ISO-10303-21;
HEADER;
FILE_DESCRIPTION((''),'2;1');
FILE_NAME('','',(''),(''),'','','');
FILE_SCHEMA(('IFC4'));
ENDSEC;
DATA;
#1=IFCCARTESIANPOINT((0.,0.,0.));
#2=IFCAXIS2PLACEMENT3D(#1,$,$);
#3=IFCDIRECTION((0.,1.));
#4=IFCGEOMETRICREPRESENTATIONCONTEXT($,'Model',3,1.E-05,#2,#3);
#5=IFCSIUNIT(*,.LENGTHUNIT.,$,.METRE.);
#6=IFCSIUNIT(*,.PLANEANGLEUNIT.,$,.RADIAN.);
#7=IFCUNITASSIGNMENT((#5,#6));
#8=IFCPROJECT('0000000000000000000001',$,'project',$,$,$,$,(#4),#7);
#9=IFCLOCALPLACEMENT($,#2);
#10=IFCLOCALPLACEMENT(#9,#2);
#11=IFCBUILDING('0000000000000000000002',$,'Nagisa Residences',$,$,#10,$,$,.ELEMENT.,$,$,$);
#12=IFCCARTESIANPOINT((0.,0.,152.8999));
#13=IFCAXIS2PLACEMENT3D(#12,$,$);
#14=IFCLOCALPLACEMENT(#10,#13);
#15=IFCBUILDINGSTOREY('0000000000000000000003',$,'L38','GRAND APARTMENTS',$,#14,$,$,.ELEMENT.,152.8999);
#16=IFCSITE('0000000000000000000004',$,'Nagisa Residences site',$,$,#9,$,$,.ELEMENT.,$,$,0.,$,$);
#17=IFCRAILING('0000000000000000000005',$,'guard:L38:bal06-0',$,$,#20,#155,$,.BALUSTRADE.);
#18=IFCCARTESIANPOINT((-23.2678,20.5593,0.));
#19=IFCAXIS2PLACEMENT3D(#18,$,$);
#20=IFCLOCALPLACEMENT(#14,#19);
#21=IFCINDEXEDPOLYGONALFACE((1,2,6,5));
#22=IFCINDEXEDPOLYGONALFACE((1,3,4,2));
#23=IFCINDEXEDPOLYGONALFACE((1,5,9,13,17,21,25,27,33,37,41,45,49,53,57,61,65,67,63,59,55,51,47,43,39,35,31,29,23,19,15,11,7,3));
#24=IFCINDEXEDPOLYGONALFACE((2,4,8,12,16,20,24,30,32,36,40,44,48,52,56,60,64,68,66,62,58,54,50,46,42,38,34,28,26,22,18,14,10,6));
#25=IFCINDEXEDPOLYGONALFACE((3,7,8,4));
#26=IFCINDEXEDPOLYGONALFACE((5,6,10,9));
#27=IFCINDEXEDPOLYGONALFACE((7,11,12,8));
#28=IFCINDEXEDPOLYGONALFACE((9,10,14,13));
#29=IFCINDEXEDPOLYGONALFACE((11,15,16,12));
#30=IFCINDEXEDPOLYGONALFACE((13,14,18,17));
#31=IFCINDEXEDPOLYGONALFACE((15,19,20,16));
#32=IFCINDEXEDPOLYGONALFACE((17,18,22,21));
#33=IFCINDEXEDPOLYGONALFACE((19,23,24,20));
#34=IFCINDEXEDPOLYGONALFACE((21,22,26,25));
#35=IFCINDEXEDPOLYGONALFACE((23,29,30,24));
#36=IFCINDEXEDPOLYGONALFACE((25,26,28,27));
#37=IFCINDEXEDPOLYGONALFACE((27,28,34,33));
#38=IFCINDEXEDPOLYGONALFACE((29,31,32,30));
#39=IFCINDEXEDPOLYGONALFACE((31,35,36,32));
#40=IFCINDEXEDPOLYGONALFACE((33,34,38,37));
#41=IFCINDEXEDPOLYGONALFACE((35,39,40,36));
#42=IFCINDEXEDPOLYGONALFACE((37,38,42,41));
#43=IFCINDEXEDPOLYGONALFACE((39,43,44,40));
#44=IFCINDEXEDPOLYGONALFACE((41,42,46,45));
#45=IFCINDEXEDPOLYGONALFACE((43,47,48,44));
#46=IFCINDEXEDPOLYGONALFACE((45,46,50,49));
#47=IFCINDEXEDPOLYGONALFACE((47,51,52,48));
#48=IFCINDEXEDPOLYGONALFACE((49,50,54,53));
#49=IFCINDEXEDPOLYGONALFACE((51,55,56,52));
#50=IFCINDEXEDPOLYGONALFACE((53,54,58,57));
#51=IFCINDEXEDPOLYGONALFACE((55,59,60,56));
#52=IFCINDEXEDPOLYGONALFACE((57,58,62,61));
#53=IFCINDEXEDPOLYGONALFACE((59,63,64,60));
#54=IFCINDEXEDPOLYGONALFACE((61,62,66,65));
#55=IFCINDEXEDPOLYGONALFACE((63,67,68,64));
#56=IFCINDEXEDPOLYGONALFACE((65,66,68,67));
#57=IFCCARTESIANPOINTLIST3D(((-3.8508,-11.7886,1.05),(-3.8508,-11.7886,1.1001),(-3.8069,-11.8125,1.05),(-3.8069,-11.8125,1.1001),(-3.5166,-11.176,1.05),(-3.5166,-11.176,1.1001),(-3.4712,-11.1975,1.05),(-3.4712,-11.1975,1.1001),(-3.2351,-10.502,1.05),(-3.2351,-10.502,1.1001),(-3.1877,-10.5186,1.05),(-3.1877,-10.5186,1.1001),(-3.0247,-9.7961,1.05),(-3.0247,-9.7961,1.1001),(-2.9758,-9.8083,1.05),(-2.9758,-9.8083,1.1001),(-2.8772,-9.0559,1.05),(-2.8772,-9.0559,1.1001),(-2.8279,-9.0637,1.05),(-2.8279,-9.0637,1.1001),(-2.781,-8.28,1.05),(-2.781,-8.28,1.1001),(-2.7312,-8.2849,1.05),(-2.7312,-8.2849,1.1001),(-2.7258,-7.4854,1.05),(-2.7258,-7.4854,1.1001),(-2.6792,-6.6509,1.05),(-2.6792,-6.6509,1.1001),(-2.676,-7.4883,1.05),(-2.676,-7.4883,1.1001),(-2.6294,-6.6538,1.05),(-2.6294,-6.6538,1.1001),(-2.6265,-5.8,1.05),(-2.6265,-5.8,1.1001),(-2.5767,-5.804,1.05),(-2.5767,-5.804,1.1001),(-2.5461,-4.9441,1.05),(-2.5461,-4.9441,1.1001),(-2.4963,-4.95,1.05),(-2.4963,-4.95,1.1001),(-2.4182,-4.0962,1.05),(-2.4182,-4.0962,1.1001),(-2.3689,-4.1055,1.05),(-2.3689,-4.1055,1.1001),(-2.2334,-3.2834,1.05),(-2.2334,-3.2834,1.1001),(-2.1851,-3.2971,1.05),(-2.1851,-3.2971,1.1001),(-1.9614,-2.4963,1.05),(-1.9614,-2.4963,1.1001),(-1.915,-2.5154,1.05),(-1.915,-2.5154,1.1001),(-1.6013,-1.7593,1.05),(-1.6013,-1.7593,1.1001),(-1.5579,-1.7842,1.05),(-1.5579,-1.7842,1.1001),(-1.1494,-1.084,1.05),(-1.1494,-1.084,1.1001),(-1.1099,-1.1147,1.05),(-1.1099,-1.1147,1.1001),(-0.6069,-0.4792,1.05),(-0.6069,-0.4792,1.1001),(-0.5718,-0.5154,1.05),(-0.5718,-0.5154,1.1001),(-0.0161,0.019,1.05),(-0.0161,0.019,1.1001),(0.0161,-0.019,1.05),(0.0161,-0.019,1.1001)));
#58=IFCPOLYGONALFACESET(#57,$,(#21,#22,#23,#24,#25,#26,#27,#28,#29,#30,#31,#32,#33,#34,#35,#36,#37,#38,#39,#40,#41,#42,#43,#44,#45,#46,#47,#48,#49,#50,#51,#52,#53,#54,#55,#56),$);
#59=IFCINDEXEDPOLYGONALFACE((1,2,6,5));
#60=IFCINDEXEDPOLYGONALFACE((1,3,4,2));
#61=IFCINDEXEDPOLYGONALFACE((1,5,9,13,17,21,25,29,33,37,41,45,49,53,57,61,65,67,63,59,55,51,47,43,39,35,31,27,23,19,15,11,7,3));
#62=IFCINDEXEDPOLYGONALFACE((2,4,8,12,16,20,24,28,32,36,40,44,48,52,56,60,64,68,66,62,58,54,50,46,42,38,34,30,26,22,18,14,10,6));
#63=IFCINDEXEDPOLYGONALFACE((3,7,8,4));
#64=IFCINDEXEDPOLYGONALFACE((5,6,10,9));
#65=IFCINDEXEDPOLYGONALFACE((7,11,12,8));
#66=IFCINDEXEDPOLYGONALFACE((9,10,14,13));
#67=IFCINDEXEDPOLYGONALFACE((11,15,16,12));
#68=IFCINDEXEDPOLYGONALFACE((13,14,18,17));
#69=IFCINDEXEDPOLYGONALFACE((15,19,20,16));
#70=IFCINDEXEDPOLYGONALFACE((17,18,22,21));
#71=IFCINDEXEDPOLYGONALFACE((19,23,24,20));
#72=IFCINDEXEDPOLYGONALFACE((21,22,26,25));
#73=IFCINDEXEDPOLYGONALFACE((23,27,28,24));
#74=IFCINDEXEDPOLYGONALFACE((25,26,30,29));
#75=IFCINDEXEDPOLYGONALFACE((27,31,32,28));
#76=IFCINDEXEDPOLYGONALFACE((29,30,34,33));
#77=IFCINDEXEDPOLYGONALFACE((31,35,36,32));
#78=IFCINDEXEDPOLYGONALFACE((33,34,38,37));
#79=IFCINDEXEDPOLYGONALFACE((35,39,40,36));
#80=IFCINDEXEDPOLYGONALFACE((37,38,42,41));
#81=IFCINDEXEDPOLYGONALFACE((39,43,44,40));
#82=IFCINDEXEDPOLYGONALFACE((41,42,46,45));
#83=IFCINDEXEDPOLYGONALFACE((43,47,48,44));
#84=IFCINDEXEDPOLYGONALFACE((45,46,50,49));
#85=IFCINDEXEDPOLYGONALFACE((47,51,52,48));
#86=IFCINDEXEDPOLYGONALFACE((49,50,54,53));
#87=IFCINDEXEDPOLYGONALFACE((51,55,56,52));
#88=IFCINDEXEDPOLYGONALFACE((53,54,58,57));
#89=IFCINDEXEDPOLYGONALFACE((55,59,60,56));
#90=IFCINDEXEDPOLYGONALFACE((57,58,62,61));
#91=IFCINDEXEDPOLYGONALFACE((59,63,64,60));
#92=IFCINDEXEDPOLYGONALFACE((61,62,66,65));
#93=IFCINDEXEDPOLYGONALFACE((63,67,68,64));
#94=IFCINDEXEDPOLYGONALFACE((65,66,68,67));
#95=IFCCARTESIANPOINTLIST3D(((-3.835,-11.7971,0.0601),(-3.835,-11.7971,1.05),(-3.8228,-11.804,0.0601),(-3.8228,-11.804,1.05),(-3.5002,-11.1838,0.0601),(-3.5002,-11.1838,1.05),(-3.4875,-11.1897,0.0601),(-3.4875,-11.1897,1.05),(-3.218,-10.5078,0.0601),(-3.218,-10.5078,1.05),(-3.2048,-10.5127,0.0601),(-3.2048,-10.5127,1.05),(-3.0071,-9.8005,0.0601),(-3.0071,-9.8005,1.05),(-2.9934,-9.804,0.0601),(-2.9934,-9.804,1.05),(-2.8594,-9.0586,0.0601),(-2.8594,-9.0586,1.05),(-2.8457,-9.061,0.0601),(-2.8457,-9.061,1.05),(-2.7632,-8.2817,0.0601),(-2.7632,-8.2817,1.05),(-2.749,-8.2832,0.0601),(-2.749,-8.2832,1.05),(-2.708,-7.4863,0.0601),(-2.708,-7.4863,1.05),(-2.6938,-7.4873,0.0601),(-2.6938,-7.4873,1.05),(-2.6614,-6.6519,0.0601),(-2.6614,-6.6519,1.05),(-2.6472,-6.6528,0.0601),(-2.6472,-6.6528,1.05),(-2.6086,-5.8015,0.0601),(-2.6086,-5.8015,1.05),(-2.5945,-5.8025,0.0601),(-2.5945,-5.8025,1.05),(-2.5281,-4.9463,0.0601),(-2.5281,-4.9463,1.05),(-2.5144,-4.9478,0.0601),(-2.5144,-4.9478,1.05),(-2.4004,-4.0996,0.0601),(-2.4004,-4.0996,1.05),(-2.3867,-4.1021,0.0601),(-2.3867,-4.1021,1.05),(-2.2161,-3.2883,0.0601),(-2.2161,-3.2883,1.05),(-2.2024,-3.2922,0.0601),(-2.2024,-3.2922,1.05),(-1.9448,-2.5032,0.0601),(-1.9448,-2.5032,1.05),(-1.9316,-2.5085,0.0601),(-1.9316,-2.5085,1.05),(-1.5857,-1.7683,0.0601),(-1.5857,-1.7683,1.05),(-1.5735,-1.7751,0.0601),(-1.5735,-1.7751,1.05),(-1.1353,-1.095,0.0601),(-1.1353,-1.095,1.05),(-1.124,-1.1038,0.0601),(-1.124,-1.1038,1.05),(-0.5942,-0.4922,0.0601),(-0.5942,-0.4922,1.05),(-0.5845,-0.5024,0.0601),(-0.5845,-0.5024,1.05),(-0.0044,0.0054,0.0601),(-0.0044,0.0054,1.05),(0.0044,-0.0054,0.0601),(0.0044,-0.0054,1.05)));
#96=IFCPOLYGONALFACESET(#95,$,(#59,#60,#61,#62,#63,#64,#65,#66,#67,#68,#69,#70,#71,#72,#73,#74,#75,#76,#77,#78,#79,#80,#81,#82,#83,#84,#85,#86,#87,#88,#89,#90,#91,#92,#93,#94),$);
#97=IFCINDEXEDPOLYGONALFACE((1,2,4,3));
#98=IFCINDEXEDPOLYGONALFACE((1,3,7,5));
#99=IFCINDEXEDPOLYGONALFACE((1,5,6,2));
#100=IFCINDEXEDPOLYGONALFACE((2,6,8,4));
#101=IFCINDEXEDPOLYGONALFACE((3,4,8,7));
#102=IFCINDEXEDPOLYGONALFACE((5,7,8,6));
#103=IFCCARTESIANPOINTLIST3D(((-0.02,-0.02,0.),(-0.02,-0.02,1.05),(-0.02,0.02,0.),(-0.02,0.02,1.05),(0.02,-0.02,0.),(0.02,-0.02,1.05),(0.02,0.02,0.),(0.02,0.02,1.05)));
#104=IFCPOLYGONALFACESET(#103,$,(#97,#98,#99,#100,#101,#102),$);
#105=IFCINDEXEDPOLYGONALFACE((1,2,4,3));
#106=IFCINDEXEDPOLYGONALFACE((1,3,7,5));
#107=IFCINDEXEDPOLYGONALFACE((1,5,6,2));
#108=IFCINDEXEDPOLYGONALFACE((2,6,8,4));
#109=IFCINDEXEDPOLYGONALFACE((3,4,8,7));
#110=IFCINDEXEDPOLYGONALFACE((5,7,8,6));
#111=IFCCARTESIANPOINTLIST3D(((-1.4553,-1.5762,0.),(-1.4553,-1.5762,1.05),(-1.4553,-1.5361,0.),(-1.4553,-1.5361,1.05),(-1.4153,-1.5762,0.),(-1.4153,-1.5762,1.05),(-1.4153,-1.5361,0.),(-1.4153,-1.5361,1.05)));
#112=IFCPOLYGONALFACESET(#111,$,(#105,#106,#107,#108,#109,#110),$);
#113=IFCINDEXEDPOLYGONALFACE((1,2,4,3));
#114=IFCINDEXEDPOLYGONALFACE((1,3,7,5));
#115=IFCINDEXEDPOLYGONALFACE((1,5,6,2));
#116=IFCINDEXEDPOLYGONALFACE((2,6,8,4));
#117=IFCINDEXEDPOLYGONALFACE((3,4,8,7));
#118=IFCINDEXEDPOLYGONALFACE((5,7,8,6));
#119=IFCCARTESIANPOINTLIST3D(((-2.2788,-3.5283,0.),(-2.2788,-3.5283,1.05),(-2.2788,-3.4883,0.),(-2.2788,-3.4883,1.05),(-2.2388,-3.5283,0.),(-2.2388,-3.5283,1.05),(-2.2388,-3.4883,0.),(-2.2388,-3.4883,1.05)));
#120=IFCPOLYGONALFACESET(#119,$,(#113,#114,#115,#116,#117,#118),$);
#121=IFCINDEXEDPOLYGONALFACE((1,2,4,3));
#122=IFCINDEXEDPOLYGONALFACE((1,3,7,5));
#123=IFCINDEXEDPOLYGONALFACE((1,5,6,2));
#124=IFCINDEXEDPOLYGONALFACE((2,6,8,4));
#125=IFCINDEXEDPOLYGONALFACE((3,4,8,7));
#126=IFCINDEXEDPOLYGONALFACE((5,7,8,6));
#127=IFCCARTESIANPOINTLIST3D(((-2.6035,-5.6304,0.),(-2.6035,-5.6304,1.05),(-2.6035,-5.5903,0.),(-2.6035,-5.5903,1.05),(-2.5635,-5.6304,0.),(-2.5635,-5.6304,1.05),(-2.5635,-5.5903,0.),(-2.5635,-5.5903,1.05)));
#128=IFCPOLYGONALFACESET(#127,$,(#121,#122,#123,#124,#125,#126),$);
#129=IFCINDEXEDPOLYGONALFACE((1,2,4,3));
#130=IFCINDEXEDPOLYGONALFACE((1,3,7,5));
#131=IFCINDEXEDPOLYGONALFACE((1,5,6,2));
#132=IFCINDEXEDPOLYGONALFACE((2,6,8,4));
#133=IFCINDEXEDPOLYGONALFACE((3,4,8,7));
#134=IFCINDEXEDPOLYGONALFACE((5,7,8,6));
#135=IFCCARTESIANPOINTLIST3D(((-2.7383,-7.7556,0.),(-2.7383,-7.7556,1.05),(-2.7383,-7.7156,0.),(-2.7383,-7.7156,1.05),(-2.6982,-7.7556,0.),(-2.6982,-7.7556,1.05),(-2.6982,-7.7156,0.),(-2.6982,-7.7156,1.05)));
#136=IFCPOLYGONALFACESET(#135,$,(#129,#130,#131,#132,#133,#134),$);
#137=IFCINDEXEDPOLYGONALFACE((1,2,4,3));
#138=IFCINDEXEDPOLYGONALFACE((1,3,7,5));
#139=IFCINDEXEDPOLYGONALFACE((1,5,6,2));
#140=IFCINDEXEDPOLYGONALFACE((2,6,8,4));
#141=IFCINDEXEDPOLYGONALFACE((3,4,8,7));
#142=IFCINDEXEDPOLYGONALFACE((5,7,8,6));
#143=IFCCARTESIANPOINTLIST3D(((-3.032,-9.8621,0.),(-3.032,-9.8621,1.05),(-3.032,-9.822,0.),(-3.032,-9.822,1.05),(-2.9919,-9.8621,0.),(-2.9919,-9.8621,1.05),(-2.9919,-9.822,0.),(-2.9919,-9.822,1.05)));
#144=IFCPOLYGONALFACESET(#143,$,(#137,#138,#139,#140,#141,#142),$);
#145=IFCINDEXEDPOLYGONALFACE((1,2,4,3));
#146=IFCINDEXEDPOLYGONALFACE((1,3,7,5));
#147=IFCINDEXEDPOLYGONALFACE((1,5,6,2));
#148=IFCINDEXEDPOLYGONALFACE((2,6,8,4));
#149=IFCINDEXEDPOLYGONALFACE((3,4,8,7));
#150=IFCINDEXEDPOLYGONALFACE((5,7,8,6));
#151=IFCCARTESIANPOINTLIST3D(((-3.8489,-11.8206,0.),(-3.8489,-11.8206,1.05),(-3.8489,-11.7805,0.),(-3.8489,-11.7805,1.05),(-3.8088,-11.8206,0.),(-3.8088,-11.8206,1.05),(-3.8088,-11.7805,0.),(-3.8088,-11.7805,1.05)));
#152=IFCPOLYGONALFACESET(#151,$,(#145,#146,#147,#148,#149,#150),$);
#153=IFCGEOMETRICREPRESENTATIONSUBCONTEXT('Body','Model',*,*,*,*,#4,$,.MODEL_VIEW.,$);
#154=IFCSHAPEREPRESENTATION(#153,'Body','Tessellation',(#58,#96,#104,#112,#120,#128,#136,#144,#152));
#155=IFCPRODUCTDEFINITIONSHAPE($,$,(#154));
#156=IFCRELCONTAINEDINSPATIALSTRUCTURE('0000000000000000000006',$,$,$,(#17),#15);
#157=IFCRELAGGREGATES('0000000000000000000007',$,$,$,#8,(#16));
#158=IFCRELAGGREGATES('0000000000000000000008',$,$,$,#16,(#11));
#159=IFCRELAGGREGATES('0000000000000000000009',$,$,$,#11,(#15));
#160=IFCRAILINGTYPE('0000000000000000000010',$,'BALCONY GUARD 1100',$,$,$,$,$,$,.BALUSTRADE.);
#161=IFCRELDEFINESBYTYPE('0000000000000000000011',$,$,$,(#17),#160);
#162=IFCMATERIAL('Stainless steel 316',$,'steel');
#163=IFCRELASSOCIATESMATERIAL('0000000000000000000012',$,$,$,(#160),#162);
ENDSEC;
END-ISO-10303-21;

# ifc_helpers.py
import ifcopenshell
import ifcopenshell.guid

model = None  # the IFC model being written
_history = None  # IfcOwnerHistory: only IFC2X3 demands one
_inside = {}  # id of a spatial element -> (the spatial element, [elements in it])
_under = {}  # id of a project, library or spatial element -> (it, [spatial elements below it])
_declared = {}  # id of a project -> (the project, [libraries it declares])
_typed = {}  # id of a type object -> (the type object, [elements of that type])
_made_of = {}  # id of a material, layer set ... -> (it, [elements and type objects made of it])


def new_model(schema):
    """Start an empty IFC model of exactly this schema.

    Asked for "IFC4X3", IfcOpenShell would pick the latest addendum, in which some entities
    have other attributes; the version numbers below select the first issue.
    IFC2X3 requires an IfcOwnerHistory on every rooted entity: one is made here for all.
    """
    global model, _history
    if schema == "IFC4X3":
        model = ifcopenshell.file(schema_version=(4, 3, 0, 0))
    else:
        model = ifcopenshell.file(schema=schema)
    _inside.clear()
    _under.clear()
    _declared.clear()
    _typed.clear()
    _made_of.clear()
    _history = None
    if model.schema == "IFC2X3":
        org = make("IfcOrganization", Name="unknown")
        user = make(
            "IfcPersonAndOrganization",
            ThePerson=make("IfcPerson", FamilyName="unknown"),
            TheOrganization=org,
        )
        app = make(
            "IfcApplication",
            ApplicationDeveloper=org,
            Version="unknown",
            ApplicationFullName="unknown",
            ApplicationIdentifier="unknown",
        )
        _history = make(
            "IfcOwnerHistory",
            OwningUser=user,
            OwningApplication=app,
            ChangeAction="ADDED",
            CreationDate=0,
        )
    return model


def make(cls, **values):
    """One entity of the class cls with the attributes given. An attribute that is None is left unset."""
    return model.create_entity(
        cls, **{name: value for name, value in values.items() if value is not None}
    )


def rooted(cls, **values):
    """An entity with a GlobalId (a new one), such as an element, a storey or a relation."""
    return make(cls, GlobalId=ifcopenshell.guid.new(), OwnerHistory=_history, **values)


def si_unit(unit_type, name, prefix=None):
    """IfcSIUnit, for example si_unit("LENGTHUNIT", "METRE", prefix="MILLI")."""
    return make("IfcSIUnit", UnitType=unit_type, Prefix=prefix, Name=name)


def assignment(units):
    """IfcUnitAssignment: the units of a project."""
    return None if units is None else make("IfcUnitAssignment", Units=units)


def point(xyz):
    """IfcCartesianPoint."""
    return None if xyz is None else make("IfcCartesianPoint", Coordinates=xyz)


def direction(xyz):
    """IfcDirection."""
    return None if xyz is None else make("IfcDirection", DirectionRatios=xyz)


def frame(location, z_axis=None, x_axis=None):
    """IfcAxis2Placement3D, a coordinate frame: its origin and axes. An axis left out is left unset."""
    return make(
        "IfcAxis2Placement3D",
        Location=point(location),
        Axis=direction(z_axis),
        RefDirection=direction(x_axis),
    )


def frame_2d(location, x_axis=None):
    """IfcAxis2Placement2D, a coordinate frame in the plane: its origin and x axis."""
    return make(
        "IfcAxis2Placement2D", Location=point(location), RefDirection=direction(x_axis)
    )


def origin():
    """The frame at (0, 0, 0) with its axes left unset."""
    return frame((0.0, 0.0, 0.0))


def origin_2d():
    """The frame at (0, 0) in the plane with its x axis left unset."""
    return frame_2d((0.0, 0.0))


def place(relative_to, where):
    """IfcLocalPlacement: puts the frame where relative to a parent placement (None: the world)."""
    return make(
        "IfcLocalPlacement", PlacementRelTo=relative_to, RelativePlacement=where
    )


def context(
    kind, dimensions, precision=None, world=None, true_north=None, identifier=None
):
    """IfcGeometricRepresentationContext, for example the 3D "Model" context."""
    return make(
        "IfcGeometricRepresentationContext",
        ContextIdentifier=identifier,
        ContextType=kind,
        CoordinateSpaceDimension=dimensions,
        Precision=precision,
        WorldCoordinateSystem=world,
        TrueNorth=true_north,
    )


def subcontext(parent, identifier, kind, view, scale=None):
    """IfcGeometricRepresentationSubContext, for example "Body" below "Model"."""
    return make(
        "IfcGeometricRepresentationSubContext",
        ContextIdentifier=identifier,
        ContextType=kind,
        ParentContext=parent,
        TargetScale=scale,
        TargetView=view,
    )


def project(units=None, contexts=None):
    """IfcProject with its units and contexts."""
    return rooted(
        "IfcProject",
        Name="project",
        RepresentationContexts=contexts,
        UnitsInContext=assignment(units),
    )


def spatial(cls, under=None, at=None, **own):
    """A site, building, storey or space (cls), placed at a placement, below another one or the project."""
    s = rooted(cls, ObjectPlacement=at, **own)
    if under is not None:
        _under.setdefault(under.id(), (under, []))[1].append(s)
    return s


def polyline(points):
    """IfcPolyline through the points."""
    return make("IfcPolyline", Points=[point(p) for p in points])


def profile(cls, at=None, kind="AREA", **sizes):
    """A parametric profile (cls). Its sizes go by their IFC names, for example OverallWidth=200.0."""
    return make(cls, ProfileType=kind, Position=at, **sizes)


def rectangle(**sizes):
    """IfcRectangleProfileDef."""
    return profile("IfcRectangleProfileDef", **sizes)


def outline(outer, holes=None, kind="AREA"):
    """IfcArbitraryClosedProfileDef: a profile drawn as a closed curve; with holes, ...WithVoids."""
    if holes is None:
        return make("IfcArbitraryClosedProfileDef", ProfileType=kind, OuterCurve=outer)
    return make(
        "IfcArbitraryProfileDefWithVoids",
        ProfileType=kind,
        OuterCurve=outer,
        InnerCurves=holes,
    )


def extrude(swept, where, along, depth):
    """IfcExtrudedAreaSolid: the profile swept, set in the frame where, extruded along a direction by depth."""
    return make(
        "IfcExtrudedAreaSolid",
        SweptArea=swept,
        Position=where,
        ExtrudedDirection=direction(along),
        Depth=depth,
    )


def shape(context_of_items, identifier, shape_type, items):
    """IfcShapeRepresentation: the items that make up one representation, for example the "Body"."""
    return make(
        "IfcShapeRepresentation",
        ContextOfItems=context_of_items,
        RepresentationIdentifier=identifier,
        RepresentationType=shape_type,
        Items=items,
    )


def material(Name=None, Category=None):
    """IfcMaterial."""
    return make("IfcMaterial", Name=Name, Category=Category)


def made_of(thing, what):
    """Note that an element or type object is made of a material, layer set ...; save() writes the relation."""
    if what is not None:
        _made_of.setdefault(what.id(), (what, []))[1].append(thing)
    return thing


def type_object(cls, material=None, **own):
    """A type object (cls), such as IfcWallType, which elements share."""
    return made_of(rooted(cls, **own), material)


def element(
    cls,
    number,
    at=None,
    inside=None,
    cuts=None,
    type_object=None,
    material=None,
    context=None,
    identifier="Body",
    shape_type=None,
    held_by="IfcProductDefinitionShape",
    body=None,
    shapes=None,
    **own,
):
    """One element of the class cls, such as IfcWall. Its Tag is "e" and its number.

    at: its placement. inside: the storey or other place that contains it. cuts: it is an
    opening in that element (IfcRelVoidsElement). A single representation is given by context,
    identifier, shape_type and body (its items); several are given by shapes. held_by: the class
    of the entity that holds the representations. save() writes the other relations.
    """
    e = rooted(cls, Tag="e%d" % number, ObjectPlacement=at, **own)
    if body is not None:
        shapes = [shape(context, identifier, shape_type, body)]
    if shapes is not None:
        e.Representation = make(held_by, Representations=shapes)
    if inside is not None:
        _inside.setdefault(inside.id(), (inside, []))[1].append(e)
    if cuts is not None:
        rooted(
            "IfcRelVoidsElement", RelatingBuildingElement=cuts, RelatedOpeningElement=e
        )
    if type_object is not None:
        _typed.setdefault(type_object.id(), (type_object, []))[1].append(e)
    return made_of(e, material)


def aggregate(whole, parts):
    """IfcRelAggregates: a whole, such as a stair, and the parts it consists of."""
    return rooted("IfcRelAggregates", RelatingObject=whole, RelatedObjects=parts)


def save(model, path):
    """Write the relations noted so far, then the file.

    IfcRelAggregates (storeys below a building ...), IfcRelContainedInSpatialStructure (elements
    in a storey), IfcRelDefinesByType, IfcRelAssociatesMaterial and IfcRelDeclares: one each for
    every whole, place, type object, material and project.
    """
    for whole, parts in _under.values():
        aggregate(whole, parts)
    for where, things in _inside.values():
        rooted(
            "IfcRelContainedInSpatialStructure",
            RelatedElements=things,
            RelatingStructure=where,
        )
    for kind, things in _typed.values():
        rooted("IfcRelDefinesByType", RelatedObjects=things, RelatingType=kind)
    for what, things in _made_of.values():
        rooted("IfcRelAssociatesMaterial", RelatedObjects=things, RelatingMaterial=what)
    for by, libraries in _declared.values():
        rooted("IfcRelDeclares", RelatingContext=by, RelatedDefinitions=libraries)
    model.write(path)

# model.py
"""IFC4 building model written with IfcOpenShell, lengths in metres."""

from ifc_helpers import new_model, si_unit, direction, frame, origin, origin_2d, place, context, subcontext, project, spatial, polyline, rectangle, outline, extrude, material, type_object, element, save


model = new_model("IFC4")

# Units and contexts
model_context = context("Model", 3, precision=1e-05, world=origin(), true_north=direction((0.0, 1.0)))
body_context = subcontext(model_context, "Body", "Model", "MODEL_VIEW")
ifc_project = project(units=[si_unit("LENGTHUNIT", "METRE"), si_unit("PLANEANGLEUNIT", "RADIAN")], contexts=[model_context])

# Site, building, storey
site_placement = place(None, origin())
site = spatial("IfcSite", under=ifc_project, at=site_placement, Name="Nagisa Residences site", CompositionType="ELEMENT", RefElevation=0.0)
building_placement = place(site_placement, origin())
building = spatial("IfcBuilding", under=site, at=building_placement, Name="Nagisa Residences", CompositionType="ELEMENT")
storey_placement = place(building_placement, frame((0.0, 0.0, 152.8999)))
storey = spatial("IfcBuildingStorey", under=building, at=storey_placement, Name="L38", Description="GRAND APARTMENTS", CompositionType="ELEMENT", Elevation=152.8999)

# Railing
ifc_material_1 = material(Name="Stainless steel 316", Category="steel")
railing_type = type_object("IfcRailingType", Name="BALCONY GUARD 1100", PredefinedType="BALUSTRADE", material=ifc_material_1)
railing_1_placement = place(storey_placement, frame((-23.2678, 20.5593, 0.0)))
element("IfcRailing", 1, at=railing_1_placement, inside=storey, type_object=railing_type, Name="guard:L38:bal06-0", PredefinedType="BALUSTRADE", context=body_context, shape_type="SweptSolid", body=[
    extrude(outline(polyline([(-0.5718, -0.5154), (0.0161, -0.019), (-0.0161, 0.019), (-0.6069, -0.4792), (-1.1494, -1.084), (-1.6013, -1.7593), (-1.9614, -2.4963), (-2.2334, -3.2834), (-2.4182, -4.0962), (-2.5461, -4.9441), (-2.6265, -5.8), (-2.6792, -6.6509), (-2.7258, -7.4854), (-2.781, -8.28), (-2.8772, -9.0559), (-3.0247, -9.7961), (-3.2351, -10.502), (-3.5166, -11.176), (-3.8508, -11.7886), (-3.8069, -11.8125), (-3.4712, -11.1975), (-3.1877, -10.5186), (-2.9758, -9.8083), (-2.8279, -9.0637), (-2.7312, -8.2849), (-2.676, -7.4883), (-2.6294, -6.6538), (-2.5767, -5.804), (-2.4963, -4.95), (-2.3689, -4.1055), (-2.1851, -3.2971), (-1.915, -2.5154), (-1.5579, -1.7842), (-1.1099, -1.1147), (-0.5718, -0.5154)])), frame((0.0, 0.0, 1.05)), (0.0, 0.0, 1.0), 0.05),
    extrude(outline(polyline([(-0.5845, -0.5024), (0.0044, -0.0054), (-0.0044, 0.0054), (-0.5942, -0.4922), (-1.1353, -1.095), (-1.5857, -1.7683), (-1.9448, -2.5032), (-2.2161, -3.2883), (-2.4004, -4.0996), (-2.5281, -4.9463), (-2.6086, -5.8015), (-2.6614, -6.6519), (-2.708, -7.4863), (-2.7632, -8.2817), (-2.8594, -9.0586), (-3.0071, -9.8005), (-3.218, -10.5078), (-3.5002, -11.1838), (-3.835, -11.7971), (-3.8228, -11.804), (-3.4875, -11.1897), (-3.2048, -10.5127), (-2.9934, -9.804), (-2.8457, -9.061), (-2.749, -8.2832), (-2.6938, -7.4873), (-2.6472, -6.6528), (-2.5945, -5.8025), (-2.5144, -4.9478), (-2.3867, -4.1021), (-2.2024, -3.2922), (-1.9316, -2.5085), (-1.5735, -1.7751), (-1.124, -1.1038), (-0.5845, -0.5024)])), frame((0.0, 0.0, 0.0601)), (0.0, 0.0, 1.0), 0.99),
    extrude(rectangle(XDim=0.04, YDim=0.04, at=origin_2d()), origin(), (0.0, 0.0, 1.0), 1.05),
    extrude(rectangle(XDim=0.04, YDim=0.04, at=origin_2d()), frame((-1.4353, -1.5562, 0.0)), (0.0, 0.0, 1.0), 1.05),
    extrude(rectangle(XDim=0.04, YDim=0.04, at=origin_2d()), frame((-2.2588, -3.5083, 0.0)), (0.0, 0.0, 1.0), 1.05),
    extrude(rectangle(XDim=0.04, YDim=0.04, at=origin_2d()), frame((-2.5835, -5.6104, 0.0)), (0.0, 0.0, 1.0), 1.05),
    extrude(rectangle(XDim=0.04, YDim=0.04, at=origin_2d()), frame((-2.7183, -7.7356, 0.0)), (0.0, 0.0, 1.0), 1.05),
    extrude(rectangle(XDim=0.04, YDim=0.04, at=origin_2d()), frame((-3.012, -9.842, 0.0)), (0.0, 0.0, 1.0), 1.05),
    extrude(rectangle(XDim=0.04, YDim=0.04, at=origin_2d()), frame((-3.8289, -11.8005, 0.0)), (0.0, 0.0, 1.0), 1.05),
])

save(model, "model.ifc")
